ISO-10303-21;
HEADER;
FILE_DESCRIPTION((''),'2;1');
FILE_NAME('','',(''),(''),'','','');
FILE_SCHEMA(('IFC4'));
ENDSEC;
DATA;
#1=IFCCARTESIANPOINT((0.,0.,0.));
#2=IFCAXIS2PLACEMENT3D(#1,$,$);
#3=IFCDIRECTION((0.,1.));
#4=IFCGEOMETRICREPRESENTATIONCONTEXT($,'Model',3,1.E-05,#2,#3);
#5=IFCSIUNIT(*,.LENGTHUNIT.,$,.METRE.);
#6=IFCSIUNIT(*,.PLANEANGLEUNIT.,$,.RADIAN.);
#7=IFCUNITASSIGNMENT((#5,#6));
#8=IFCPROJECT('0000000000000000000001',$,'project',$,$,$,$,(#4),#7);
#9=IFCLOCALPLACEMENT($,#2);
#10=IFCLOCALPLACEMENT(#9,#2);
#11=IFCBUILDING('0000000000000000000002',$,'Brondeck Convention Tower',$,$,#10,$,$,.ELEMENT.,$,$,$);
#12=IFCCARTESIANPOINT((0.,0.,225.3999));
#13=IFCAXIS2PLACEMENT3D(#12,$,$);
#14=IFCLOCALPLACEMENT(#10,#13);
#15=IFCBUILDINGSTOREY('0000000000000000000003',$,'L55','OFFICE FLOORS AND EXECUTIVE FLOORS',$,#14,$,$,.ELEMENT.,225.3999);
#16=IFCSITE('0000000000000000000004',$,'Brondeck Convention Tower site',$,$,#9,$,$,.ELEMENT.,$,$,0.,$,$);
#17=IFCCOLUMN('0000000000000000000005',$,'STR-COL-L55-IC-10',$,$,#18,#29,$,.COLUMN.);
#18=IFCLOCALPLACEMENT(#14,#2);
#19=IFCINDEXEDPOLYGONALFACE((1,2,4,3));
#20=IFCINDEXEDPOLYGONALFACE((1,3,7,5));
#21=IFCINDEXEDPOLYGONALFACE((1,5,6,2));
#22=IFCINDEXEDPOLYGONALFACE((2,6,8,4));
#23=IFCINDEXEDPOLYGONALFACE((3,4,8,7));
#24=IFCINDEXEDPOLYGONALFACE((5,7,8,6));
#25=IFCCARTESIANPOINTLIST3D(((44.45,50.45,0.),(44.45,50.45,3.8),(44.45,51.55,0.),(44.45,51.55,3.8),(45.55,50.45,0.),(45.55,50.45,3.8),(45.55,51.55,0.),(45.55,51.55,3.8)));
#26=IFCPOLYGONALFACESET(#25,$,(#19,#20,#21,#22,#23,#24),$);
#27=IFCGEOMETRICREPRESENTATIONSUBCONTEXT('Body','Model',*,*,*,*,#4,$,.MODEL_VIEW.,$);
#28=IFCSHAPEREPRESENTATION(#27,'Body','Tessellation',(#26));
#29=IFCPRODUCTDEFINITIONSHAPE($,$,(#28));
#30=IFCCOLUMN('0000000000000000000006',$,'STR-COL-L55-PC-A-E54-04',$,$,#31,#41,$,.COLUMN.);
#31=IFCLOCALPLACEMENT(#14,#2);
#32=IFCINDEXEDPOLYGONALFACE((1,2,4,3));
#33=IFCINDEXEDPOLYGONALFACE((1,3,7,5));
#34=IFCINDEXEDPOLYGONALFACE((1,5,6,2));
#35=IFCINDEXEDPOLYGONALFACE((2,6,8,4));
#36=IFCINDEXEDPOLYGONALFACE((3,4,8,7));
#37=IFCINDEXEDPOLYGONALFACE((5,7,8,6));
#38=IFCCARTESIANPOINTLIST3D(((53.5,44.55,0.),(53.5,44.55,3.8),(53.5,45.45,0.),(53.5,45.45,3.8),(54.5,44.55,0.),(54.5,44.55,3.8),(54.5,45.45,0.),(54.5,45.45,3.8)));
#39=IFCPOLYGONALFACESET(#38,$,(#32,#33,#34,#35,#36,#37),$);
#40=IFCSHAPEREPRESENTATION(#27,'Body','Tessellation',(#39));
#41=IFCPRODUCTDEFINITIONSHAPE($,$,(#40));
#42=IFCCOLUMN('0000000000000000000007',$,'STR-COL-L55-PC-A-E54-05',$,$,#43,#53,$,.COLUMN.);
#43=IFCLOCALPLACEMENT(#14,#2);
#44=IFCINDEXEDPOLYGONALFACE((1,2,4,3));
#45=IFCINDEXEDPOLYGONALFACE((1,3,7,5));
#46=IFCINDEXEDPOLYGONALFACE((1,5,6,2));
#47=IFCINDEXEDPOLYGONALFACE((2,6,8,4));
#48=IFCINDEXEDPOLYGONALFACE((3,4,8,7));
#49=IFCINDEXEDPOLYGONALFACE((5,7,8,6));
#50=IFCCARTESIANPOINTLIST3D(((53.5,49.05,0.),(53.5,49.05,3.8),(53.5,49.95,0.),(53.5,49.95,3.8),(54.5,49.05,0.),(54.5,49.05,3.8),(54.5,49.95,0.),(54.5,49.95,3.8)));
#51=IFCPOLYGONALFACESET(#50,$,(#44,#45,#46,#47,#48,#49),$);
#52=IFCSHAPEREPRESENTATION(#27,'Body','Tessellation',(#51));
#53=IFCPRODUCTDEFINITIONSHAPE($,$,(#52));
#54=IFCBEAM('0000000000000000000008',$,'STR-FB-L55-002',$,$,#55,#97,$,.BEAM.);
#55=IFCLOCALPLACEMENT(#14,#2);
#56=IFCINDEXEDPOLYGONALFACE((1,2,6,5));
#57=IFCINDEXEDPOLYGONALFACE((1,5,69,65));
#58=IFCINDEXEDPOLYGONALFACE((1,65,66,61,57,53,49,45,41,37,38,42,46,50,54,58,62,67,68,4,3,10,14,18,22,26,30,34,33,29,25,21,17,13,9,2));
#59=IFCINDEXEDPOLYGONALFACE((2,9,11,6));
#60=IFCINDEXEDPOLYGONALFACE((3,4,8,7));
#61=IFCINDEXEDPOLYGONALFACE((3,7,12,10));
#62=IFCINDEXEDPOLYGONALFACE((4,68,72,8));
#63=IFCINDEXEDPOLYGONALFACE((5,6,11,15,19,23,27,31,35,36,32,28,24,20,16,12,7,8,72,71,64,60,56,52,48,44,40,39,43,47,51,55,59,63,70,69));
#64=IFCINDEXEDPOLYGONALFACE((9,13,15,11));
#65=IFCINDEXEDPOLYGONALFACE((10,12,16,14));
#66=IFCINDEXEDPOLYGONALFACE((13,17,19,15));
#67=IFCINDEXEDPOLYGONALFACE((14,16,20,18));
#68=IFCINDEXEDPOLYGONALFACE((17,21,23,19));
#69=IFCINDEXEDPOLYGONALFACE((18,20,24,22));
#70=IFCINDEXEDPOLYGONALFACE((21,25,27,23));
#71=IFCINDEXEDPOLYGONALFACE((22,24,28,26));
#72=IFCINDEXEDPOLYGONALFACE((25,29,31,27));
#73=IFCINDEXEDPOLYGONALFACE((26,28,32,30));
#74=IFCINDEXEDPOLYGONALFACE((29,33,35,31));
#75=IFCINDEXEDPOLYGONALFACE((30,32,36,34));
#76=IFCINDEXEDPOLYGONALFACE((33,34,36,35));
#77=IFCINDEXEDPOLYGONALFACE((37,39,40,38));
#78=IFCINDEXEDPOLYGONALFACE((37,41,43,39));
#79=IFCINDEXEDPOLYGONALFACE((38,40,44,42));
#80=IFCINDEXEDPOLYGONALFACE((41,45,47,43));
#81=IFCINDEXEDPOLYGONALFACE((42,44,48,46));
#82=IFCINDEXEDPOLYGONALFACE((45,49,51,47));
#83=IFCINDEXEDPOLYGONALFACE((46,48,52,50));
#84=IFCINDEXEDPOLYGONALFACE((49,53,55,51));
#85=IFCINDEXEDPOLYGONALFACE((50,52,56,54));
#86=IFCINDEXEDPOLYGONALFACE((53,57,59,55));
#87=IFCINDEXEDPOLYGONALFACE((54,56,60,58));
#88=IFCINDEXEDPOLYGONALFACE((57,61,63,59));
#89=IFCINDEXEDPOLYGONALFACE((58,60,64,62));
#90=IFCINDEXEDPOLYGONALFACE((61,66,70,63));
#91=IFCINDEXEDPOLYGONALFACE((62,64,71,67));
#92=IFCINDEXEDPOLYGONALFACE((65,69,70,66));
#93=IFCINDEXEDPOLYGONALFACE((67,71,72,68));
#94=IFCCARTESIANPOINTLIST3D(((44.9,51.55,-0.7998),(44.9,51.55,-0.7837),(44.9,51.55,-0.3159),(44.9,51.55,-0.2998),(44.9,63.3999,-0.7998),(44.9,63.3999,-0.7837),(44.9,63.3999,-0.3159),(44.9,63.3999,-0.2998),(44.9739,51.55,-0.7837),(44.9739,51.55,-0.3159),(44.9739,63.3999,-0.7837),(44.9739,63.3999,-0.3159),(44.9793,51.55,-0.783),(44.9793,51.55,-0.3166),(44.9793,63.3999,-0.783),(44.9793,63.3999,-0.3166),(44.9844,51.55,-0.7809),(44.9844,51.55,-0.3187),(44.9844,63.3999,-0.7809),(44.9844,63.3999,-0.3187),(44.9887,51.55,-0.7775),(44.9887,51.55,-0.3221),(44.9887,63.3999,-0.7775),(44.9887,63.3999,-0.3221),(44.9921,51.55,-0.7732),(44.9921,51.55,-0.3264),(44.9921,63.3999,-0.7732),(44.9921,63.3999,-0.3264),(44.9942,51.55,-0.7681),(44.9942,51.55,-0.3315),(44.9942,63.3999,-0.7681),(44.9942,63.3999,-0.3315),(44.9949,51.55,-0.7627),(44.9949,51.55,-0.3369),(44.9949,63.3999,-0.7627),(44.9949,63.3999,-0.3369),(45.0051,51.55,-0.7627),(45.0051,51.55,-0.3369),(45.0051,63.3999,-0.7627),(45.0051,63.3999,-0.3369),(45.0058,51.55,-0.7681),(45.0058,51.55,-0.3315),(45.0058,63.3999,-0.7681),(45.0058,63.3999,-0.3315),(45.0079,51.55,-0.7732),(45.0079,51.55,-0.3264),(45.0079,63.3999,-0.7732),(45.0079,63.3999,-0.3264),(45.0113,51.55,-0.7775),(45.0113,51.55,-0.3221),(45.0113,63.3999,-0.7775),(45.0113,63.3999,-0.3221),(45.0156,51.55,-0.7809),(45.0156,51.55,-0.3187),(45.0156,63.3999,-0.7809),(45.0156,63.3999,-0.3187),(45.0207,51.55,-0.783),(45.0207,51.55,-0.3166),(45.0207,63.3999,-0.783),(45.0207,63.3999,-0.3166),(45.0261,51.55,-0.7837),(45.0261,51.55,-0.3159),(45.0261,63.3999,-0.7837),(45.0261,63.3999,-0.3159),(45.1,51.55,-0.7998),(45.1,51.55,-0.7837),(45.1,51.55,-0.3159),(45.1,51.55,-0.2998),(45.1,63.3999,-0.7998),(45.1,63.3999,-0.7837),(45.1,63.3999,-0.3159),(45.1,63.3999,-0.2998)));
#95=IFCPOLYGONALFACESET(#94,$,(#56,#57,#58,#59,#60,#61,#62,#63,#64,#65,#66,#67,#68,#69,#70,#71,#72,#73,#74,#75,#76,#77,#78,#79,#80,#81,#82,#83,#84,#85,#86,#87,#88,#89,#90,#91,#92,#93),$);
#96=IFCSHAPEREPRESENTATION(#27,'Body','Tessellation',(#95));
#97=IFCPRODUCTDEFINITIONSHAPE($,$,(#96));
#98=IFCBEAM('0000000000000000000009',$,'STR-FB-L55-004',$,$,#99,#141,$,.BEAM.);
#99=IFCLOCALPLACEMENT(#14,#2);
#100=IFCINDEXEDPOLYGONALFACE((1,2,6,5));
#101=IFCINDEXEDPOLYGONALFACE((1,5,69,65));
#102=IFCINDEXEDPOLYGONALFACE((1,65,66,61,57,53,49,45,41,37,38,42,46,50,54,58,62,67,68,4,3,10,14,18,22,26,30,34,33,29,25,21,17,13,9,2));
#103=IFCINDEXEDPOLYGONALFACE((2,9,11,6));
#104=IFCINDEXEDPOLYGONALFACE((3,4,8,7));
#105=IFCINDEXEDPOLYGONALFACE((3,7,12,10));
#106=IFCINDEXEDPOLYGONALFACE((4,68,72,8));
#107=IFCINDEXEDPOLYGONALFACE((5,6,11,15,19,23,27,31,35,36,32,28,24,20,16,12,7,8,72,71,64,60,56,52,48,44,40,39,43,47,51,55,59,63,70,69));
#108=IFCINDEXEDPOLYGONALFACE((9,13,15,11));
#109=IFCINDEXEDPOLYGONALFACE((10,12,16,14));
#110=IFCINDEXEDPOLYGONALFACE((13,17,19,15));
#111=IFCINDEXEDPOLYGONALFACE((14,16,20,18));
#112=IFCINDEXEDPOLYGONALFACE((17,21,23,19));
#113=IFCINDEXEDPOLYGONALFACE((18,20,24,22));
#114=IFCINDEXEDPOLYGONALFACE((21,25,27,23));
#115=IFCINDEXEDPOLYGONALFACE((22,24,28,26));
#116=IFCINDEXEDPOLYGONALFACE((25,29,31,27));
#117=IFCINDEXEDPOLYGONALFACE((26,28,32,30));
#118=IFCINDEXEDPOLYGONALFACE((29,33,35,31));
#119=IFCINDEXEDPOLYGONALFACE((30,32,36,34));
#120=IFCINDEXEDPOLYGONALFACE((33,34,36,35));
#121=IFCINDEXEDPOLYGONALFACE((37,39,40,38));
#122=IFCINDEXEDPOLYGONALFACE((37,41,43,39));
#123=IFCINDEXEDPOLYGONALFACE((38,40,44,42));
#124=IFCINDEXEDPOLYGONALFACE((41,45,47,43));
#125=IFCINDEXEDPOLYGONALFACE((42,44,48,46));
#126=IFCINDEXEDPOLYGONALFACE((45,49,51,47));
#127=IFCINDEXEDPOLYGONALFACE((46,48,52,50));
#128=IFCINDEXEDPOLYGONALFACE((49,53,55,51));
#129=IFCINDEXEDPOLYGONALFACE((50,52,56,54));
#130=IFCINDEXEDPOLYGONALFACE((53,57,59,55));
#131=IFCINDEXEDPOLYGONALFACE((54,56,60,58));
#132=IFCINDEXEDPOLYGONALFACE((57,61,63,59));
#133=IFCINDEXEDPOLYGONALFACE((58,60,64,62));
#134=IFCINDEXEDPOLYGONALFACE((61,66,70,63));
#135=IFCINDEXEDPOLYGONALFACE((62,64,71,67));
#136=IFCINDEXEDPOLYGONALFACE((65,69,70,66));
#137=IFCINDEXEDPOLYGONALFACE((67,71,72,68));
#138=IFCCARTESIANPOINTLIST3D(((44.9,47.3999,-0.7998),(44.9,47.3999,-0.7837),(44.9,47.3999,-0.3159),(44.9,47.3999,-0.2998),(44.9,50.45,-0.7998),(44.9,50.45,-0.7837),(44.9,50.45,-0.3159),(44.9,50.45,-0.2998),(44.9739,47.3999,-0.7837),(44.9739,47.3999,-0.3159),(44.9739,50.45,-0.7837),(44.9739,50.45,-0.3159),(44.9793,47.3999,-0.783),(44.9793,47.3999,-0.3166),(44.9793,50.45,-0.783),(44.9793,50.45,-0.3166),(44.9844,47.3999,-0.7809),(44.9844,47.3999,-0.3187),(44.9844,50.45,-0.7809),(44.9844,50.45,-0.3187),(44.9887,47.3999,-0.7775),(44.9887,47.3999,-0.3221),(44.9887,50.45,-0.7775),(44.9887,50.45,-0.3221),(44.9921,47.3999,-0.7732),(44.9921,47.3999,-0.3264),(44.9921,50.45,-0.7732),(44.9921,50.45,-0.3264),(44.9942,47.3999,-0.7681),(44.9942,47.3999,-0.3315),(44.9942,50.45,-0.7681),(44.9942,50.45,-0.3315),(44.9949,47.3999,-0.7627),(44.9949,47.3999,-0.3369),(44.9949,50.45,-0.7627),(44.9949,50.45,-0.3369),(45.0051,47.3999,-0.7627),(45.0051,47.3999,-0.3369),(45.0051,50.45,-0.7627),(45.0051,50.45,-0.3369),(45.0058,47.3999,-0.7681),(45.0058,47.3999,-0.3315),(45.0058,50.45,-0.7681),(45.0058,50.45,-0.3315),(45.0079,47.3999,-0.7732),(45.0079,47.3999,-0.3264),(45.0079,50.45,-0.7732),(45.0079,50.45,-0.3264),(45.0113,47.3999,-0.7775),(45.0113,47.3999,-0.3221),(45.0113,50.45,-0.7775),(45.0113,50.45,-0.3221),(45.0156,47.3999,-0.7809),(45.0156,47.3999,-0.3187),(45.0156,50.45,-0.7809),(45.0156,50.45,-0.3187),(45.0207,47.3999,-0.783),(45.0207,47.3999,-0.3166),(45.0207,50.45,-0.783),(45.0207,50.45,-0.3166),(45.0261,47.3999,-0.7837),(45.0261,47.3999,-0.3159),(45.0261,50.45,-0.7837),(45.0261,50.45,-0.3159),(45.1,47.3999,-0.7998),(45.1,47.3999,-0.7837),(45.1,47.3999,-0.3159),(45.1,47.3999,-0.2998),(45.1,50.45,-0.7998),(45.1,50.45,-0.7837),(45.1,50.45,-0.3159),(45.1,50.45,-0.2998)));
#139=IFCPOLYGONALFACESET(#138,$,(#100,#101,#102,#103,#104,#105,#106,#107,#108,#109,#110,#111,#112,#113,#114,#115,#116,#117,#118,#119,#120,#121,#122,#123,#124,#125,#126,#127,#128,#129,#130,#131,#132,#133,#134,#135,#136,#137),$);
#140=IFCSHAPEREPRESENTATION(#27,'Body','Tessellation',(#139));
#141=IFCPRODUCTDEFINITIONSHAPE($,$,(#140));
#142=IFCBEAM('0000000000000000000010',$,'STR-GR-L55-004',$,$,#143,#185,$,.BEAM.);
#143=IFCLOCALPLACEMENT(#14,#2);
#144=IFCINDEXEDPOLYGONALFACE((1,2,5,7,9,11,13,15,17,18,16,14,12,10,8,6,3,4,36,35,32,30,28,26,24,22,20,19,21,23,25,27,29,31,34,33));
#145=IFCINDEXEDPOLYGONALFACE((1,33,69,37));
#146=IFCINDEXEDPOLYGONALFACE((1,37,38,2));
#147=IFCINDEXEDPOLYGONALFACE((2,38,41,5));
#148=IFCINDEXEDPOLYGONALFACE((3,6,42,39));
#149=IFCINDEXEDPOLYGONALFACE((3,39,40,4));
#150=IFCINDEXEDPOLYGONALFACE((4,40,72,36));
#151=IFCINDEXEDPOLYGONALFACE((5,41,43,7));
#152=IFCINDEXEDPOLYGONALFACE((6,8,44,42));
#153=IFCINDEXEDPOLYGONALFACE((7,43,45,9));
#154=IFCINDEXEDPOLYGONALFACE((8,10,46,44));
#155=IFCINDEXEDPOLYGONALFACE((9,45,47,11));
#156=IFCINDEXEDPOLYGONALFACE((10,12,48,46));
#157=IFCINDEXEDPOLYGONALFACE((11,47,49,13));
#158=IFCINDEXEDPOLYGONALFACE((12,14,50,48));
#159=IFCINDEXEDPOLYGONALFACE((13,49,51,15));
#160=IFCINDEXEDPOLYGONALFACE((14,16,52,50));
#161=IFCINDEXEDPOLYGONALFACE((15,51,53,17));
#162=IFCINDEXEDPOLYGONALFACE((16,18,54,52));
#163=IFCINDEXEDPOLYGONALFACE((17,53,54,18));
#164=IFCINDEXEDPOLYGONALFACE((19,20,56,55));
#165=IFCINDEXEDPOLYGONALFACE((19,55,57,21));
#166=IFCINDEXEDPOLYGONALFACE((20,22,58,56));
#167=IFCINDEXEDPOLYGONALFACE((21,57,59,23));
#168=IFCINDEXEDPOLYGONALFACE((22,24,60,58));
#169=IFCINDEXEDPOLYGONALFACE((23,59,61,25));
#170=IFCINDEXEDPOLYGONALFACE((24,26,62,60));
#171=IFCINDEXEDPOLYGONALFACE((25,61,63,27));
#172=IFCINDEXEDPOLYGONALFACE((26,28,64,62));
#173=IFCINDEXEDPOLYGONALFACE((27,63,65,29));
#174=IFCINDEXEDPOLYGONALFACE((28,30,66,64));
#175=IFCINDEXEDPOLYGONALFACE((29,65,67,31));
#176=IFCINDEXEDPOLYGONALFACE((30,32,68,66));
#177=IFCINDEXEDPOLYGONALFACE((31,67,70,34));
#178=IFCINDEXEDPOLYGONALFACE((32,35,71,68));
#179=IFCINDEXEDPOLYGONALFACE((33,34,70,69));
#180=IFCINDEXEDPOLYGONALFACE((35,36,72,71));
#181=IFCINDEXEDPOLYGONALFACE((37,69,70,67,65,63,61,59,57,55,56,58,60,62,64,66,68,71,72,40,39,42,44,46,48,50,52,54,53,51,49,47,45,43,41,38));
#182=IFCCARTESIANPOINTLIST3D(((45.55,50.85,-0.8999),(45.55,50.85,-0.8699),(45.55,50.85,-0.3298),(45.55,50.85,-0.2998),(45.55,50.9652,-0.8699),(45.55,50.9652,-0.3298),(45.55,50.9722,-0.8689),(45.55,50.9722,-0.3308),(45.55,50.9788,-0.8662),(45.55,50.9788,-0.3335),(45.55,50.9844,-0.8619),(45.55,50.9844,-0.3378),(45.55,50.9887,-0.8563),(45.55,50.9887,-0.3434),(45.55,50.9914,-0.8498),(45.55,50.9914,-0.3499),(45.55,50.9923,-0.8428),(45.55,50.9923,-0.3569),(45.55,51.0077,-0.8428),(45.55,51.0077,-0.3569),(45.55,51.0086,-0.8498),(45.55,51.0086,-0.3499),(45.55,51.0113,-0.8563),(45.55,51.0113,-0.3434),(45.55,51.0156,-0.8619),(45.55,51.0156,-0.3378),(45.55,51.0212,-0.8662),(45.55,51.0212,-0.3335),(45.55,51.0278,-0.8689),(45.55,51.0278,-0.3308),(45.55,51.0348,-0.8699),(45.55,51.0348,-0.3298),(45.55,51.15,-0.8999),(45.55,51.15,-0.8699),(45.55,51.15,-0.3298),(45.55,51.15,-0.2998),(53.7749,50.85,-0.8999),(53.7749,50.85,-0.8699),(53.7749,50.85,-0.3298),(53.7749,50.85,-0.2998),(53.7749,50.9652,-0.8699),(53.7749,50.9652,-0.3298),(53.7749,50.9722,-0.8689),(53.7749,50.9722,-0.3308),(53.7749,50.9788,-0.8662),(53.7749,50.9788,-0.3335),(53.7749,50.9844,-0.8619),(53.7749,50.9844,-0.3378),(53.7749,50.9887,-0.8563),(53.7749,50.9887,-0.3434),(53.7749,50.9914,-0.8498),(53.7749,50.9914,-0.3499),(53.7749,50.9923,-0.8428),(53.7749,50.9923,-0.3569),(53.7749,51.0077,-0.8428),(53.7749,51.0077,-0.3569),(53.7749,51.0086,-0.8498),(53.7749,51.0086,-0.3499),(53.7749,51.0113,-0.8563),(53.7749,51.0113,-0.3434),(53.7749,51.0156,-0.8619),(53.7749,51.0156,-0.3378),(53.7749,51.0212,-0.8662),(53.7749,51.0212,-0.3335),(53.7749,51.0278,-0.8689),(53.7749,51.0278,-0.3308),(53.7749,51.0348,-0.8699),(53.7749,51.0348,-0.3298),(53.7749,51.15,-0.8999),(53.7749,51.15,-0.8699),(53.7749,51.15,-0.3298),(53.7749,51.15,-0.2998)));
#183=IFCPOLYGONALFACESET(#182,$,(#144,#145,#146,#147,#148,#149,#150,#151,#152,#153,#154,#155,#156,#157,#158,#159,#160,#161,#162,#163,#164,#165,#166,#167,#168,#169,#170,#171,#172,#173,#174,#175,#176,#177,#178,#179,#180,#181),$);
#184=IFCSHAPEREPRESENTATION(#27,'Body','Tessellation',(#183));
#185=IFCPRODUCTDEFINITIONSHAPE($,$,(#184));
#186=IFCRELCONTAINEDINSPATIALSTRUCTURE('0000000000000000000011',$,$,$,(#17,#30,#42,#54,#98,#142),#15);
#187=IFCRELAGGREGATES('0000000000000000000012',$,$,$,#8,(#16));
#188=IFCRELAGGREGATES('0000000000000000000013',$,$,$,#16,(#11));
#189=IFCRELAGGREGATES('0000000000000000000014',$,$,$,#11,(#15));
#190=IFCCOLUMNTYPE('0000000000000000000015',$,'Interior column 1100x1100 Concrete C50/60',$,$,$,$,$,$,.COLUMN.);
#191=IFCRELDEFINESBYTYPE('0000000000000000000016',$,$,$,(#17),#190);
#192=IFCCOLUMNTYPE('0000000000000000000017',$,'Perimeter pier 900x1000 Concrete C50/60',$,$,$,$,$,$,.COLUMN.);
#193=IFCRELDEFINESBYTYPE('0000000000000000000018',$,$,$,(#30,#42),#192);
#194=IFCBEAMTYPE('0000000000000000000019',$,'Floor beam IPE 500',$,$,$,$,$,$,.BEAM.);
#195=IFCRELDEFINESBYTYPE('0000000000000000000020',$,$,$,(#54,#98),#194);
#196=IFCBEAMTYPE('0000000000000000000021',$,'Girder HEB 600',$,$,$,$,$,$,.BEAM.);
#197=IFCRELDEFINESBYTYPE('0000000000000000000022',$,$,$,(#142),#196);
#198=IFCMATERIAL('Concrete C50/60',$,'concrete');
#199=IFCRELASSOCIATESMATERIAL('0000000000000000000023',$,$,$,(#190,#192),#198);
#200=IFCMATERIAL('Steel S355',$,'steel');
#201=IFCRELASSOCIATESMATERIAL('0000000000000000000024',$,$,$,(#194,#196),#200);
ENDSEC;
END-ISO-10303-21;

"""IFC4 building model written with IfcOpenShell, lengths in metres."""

from ifc_helpers import new_model, si_unit, direction, frame, origin, origin_2d, place, context, subcontext, project, spatial, rectangle, i_section, extrude, material, material_profile, profile_set, type_object, element, save


model = new_model("IFC4")

# Units and contexts
model_context = context("Model", 3, precision=1e-05, world=origin(), true_north=direction((0.0, 1.0)))
body_context = subcontext(model_context, "Body", "Model", "MODEL_VIEW")
ifc_project = project(units=[si_unit("LENGTHUNIT", "METRE"), si_unit("PLANEANGLEUNIT", "RADIAN")], contexts=[model_context])

# Site, building, storey
site_placement = place(None, origin())
site = spatial("IfcSite", under=ifc_project, at=site_placement, Name="Brondeck Convention Tower site", CompositionType="ELEMENT", RefElevation=0.0)
building_placement = place(site_placement, origin())
building = spatial("IfcBuilding", under=site, at=building_placement, Name="Brondeck Convention Tower", CompositionType="ELEMENT")
storey_placement = place(building_placement, frame((0.0, 0.0, 225.3999)))
storey = spatial("IfcBuildingStorey", under=building, at=storey_placement, Name="L55", Description="OFFICE FLOORS AND EXECUTIVE FLOORS", CompositionType="ELEMENT", Elevation=225.3999)

# Columns
ifc_material_1 = material(Name="Concrete C50/60", Category="concrete")
ifc_material_profile_1 = material_profile(ifc_material_1, rectangle(XDim=1.1001, YDim=1.1001, at=origin_2d()), Name="Interior column 1100x1100 Concrete C50/60")
ifc_profile_set_1 = profile_set([ifc_material_profile_1], Name="Concrete C50/60")
column_type_1 = type_object("IfcColumnType", Name="Interior column 1100x1100 Concrete C50/60", PredefinedType="COLUMN", material=ifc_profile_set_1)
column_placement = place(storey_placement, frame((45.0, 51.0, 0.0), z_axis=(0.0, 0.0, 1.0), x_axis=(1.0, 0.0, 0.0)))
element("IfcColumn", 1, at=column_placement, inside=storey, type_object=column_type_1, Name="STR-COL-L55-IC-10", PredefinedType="COLUMN", context=body_context, shape_type="SweptSolid", body=[
    extrude(rectangle(XDim=1.1001, YDim=1.1001, at=origin_2d()), origin(), (0.0, 0.0, 1.0), 3.8),
])
ifc_material_profile_2 = material_profile(ifc_material_1, rectangle(XDim=0.8999, YDim=1.0, at=origin_2d()), Name="Perimeter pier 900x1000 Concrete C50/60")
ifc_profile_set_2 = profile_set([ifc_material_profile_2], Name="Concrete C50/60")
column_type_2 = type_object("IfcColumnType", Name="Perimeter pier 900x1000 Concrete C50/60", PredefinedType="COLUMN", material=ifc_profile_set_2)
for number, where, z_axis, x_axis, name in (
    (2, (54.0, 45.0, 0.0), (0.0, 0.0, 1.0), (0.0, 1.0, 0.0), "STR-COL-L55-PC-A-E54-04"),
    (3, (54.0, 49.5, 0.0), (0.0, 0.0, 1.0), (0.0, 1.0, 0.0), "STR-COL-L55-PC-A-E54-05"),
):
    element("IfcColumn", number, at=place(storey_placement, frame(where, z_axis=z_axis, x_axis=x_axis)), inside=storey, type_object=column_type_2, Name=name, PredefinedType="COLUMN", context=body_context, shape_type="SweptSolid", body=[
        extrude(rectangle(XDim=0.8999, YDim=1.0, at=origin_2d()), origin(), (0.0, 0.0, 1.0), 3.8),
    ])

# Beams
ifc_material_2 = material(Name="Steel S355", Category="steel")
ifc_material_profile_3 = material_profile(ifc_material_2, i_section(OverallWidth=0.2, OverallDepth=0.5, WebThickness=0.0103, FlangeThickness=0.0161, FilletRadius=0.021, at=origin_2d()), Name="IPE 500")
ifc_profile_set_3 = profile_set([ifc_material_profile_3], Name="Steel S355")
beam_type_1 = type_object("IfcBeamType", Name="Floor beam IPE 500", PredefinedType="BEAM", material=ifc_profile_set_3)
beam_1_placement = place(storey_placement, frame((45.0, 51.55, -0.5498), z_axis=(0.0, 1.0, 0.0), x_axis=(-1.0, 0.0, 0.0)))
element("IfcBeam", 4, at=beam_1_placement, inside=storey, type_object=beam_type_1, Name="STR-FB-L55-002", PredefinedType="BEAM", context=body_context, shape_type="SweptSolid", body=[
    extrude(i_section(OverallWidth=0.2, OverallDepth=0.5, WebThickness=0.0103, FlangeThickness=0.0161, FilletRadius=0.021, at=origin_2d()), origin(), (0.0, 0.0, 1.0), 11.8499),
])
beam_2_placement = place(storey_placement, frame((45.0, 47.3999, -0.5498), z_axis=(0.0, 1.0, 0.0), x_axis=(-1.0, 0.0, 0.0)))
element("IfcBeam", 5, at=beam_2_placement, inside=storey, type_object=beam_type_1, Name="STR-FB-L55-004", PredefinedType="BEAM", context=body_context, shape_type="SweptSolid", body=[
    extrude(i_section(OverallWidth=0.2, OverallDepth=0.5, WebThickness=0.0103, FlangeThickness=0.0161, FilletRadius=0.021, at=origin_2d()), origin(), (0.0, 0.0, 1.0), 3.05),
])
ifc_material_profile_4 = material_profile(ifc_material_2, i_section(OverallWidth=0.3, OverallDepth=0.6001, WebThickness=0.0154, FlangeThickness=0.03, FilletRadius=0.0271, at=origin_2d()), Name="HEB 600")
ifc_profile_set_4 = profile_set([ifc_material_profile_4], Name="Steel S355")
beam_type_2 = type_object("IfcBeamType", Name="Girder HEB 600", PredefinedType="BEAM", material=ifc_profile_set_4)
beam_3_placement = place(storey_placement, frame((45.55, 51.0, -0.5999), z_axis=(1.0, 0.0, 0.0), x_axis=(0.0, 1.0, 0.0)))
element("IfcBeam", 6, at=beam_3_placement, inside=storey, type_object=beam_type_2, Name="STR-GR-L55-004", PredefinedType="BEAM", context=body_context, shape_type="SweptSolid", body=[
    extrude(i_section(OverallWidth=0.3, OverallDepth=0.6001, WebThickness=0.0154, FlangeThickness=0.03, FilletRadius=0.0271, at=origin_2d()), origin(), (0.0, 0.0, 1.0), 8.2249),
])

save(model, "model.ifc")
